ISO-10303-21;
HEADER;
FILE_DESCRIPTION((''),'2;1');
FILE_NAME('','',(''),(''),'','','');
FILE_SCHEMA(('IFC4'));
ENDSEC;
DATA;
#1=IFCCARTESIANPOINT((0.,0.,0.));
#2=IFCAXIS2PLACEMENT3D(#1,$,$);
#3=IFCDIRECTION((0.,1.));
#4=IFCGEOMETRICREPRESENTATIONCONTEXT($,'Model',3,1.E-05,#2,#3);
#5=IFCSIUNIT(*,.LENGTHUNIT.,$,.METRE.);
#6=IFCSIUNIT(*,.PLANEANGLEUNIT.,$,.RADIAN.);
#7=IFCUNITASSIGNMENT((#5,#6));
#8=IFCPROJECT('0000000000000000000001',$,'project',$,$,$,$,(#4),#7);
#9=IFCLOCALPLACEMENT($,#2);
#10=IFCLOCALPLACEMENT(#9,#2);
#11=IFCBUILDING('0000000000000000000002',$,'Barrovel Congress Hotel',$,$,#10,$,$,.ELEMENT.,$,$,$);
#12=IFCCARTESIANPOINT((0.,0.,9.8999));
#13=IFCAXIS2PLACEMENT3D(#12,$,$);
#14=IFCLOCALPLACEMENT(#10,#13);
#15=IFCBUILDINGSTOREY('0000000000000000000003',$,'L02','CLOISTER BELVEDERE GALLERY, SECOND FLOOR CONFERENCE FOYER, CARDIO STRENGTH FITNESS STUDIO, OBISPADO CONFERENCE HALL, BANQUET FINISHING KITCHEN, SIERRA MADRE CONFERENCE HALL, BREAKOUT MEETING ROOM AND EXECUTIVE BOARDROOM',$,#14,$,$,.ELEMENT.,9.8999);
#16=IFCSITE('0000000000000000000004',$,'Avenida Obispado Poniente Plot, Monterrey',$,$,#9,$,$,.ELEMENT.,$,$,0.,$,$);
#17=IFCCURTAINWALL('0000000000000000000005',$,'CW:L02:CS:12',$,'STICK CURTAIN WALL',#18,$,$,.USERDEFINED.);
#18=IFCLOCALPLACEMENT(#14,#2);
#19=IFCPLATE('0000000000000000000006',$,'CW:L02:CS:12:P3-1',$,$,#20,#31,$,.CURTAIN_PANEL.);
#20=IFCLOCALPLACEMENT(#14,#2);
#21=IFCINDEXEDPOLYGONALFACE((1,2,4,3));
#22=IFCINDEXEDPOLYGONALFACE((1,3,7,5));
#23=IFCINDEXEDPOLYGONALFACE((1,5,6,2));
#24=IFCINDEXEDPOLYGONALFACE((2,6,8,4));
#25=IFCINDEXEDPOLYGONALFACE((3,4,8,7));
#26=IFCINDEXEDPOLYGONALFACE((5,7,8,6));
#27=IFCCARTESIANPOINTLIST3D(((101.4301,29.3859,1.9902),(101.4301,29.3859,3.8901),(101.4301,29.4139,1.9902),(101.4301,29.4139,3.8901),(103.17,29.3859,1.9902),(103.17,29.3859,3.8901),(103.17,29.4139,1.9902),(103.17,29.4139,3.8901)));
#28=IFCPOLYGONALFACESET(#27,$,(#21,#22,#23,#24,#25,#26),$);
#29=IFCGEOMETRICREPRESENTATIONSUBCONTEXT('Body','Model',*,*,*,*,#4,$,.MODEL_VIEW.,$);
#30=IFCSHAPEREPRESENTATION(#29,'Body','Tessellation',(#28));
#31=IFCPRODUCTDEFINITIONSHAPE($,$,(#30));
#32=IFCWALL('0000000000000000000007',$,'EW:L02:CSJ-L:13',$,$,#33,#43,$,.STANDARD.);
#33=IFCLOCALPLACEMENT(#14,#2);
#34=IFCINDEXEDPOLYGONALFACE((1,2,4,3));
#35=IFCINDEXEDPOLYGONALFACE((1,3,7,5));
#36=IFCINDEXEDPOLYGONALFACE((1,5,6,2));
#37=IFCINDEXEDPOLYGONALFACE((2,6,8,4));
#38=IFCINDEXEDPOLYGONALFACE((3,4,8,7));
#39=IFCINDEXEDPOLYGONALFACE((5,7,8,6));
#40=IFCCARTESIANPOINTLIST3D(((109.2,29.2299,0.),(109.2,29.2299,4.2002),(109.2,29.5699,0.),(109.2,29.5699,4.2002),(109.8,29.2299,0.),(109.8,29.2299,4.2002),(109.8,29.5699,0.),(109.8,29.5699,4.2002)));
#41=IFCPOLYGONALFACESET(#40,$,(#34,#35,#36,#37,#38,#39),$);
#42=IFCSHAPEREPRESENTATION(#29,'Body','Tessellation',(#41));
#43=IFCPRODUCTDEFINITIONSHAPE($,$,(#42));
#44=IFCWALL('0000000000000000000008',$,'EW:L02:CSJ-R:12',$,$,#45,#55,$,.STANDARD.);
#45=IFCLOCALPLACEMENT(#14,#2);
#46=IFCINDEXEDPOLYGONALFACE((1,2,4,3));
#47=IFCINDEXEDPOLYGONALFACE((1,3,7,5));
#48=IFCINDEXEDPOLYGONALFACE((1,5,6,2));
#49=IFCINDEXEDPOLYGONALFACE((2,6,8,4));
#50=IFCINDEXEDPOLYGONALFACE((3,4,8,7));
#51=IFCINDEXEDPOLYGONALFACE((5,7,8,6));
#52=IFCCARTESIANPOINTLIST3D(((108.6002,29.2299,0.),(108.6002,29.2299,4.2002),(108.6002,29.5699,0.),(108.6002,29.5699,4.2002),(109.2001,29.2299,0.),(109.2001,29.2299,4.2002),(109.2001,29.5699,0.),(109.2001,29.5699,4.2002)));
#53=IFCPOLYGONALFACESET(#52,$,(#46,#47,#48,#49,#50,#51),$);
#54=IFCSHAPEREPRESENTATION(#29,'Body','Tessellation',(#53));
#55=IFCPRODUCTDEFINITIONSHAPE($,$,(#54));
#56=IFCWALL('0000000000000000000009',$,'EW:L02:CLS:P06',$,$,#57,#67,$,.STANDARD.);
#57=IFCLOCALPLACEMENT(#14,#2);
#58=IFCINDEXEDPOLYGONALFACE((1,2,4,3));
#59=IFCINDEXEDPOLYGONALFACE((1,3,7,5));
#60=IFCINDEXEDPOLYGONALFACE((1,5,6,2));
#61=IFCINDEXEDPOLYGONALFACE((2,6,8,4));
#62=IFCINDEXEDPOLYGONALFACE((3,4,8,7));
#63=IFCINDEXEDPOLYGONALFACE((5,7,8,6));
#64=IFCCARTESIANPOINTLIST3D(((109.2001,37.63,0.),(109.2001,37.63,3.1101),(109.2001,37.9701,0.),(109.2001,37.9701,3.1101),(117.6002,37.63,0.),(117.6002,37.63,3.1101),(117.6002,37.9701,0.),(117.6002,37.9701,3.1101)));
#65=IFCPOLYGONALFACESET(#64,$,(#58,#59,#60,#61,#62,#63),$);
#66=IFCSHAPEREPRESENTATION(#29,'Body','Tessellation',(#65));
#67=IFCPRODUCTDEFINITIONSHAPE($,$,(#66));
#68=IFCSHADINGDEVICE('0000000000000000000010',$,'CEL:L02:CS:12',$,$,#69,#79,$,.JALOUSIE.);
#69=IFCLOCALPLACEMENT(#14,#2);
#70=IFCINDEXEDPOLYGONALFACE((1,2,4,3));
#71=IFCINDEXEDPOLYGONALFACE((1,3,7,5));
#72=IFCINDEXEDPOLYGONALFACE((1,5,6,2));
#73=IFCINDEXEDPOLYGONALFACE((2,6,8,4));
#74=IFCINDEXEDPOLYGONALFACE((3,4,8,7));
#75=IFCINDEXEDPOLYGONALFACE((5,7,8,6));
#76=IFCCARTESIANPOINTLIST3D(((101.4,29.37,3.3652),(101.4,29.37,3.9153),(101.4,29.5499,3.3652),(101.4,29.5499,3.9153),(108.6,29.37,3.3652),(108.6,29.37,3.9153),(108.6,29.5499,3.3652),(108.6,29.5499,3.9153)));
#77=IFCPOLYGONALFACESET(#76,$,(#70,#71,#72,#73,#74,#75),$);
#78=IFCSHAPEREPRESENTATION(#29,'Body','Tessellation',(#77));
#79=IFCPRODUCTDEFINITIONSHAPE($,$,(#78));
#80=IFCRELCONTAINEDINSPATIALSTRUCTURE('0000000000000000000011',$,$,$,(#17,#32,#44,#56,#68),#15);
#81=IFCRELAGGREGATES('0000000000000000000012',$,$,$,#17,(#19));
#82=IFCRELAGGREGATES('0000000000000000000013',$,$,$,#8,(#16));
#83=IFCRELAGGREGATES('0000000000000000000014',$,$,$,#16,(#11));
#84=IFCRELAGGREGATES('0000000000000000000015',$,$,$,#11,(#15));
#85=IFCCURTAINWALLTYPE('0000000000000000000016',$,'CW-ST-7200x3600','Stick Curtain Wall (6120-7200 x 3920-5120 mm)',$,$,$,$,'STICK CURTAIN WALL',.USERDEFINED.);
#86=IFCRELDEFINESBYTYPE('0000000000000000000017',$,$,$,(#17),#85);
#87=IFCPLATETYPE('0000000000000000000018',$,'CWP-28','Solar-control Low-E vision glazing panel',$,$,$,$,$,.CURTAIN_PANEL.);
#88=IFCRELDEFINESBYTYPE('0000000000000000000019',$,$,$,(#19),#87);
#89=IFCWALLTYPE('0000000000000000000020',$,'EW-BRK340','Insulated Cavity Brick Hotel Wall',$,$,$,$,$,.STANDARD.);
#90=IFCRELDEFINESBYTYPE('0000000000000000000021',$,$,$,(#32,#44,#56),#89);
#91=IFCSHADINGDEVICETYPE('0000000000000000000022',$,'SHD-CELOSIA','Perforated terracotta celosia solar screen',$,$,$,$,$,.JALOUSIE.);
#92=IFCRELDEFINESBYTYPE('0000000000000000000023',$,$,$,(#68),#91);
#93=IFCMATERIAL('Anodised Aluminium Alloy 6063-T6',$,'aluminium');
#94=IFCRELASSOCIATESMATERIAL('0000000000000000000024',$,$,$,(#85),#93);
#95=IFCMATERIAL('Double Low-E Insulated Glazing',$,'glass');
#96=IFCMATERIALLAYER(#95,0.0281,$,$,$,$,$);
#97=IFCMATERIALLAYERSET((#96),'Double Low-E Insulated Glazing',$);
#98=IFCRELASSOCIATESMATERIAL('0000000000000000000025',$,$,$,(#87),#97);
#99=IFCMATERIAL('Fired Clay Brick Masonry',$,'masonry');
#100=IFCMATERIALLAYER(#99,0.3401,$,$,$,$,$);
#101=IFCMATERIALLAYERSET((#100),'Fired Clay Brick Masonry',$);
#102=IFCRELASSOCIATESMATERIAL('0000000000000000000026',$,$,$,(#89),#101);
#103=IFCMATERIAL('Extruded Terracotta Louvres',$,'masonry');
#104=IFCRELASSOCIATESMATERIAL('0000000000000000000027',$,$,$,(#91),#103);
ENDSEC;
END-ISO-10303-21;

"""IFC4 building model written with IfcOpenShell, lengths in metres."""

from ifc_helpers import new_model, si_unit, direction, frame, frame_2d, origin, origin_2d, place, context, subcontext, project, spatial, rectangle, extrude, material, layer, layer_set, type_object, element, aggregate, save


model = new_model("IFC4")

# Units and contexts
model_context = context("Model", 3, precision=1e-05, world=origin(), true_north=direction((0.0, 1.0)))
body_context = subcontext(model_context, "Body", "Model", "MODEL_VIEW")
ifc_project = project(units=[si_unit("LENGTHUNIT", "METRE"), si_unit("PLANEANGLEUNIT", "RADIAN")], contexts=[model_context])

# Site, building, storey
site_placement = place(None, origin())
site = spatial("IfcSite", under=ifc_project, at=site_placement, Name="Avenida Obispado Poniente Plot, Monterrey", CompositionType="ELEMENT", RefElevation=0.0)
building_placement = place(site_placement, origin())
building = spatial("IfcBuilding", under=site, at=building_placement, Name="Barrovel Congress Hotel", CompositionType="ELEMENT")
storey_placement = place(building_placement, frame((0.0, 0.0, 9.8999)))
storey = spatial("IfcBuildingStorey", under=building, at=storey_placement, Name="L02", Description="CLOISTER BELVEDERE GALLERY, SECOND FLOOR CONFERENCE FOYER, CARDIO STRENGTH FITNESS STUDIO, OBISPADO CONFERENCE HALL, BANQUET FINISHING KITCHEN, SIERRA MADRE CONFERENCE HALL, BREAKOUT MEETING ROOM AND EXECUTIVE BOARDROOM", CompositionType="ELEMENT", Elevation=9.8999)

# Curtain wall
ifc_material_1 = material(Name="Anodised Aluminium Alloy 6063-T6", Category="aluminium")
curtain_wall_type = type_object("IfcCurtainWallType", Name="CW-ST-7200x3600", Description="Stick Curtain Wall (6120-7200 x 3920-5120 mm)", ElementType="STICK CURTAIN WALL", PredefinedType="USERDEFINED", material=ifc_material_1)
curtain_wall_placement = place(storey_placement, origin())
curtain_wall = element("IfcCurtainWall", 1, at=curtain_wall_placement, inside=storey, type_object=curtain_wall_type, Name="CW:L02:CS:12", ObjectType="STICK CURTAIN WALL", PredefinedType="USERDEFINED")

# Plate
ifc_material_2 = material(Name="Double Low-E Insulated Glazing", Category="glass")
ifc_layer_1 = layer(ifc_material_2, 0.0281)
ifc_layer_set_1 = layer_set([ifc_layer_1], Name="Double Low-E Insulated Glazing")
plate_type = type_object("IfcPlateType", Name="CWP-28", Description="Solar-control Low-E vision glazing panel", PredefinedType="CURTAIN_PANEL", material=ifc_layer_set_1)
plate_1_placement = place(storey_placement, frame((102.3, 29.3999, 1.9902), z_axis=(0.0, 0.0, 1.0), x_axis=(-1.0, 0.0, 0.0)))
plate_1 = element("IfcPlate", 2, at=plate_1_placement, type_object=plate_type, Name="CW:L02:CS:12:P3-1", PredefinedType="CURTAIN_PANEL", context=body_context, shape_type="SweptSolid", body=[
    extrude(rectangle(XDim=1.74, YDim=0.0281, at=origin_2d()), origin(), (0.0, 0.0, 1.0), 1.8999),
])
aggregate(curtain_wall, [plate_1])

# Walls
ifc_material_3 = material(Name="Fired Clay Brick Masonry", Category="masonry")
ifc_layer_2 = layer(ifc_material_3, 0.3401)
ifc_layer_set_2 = layer_set([ifc_layer_2], Name="Fired Clay Brick Masonry")
wall_type = type_object("IfcWallType", Name="EW-BRK340", Description="Insulated Cavity Brick Hotel Wall", PredefinedType="STANDARD", material=ifc_layer_set_2)
wall_1_placement = place(storey_placement, frame((109.8, 29.3999, 0.0), z_axis=(0.0, 0.0, 1.0), x_axis=(-1.0, 0.0, 0.0)))
element("IfcWall", 3, at=wall_1_placement, inside=storey, type_object=wall_type, Name="EW:L02:CSJ-L:13", PredefinedType="STANDARD", context=body_context, shape_type="SweptSolid", body=[
    extrude(rectangle(XDim=0.6001, YDim=0.3401, at=frame_2d((0.3, 0.0))), origin(), (0.0, 0.0, 1.0), 4.2002),
])
wall_2_placement = place(storey_placement, frame((109.2, 29.3999, 0.0), z_axis=(0.0, 0.0, 1.0), x_axis=(-1.0, 0.0, 0.0)))
element("IfcWall", 4, at=wall_2_placement, inside=storey, type_object=wall_type, Name="EW:L02:CSJ-R:12", PredefinedType="STANDARD", context=body_context, shape_type="SweptSolid", body=[
    extrude(rectangle(XDim=0.5999, YDim=0.3401, at=frame_2d((0.2998, 0.0))), origin(), (0.0, 0.0, 1.0), 4.2002),
])
wall_3_placement = place(storey_placement, frame((109.2, 37.8, 0.0), z_axis=(0.0, 0.0, 1.0), x_axis=(1.0, 0.0, 0.0)))
element("IfcWall", 5, at=wall_3_placement, inside=storey, type_object=wall_type, Name="EW:L02:CLS:P06", PredefinedType="STANDARD", context=body_context, shape_type="SweptSolid", body=[
    extrude(rectangle(XDim=8.4001, YDim=0.3401, at=frame_2d((4.2002, 0.0))), origin(), (0.0, 0.0, 1.0), 3.1101),
])

# Shading device
ifc_material_4 = material(Name="Extruded Terracotta Louvres", Category="masonry")
shading_device_type = type_object("IfcShadingDeviceType", Name="SHD-CELOSIA", Description="Perforated terracotta celosia solar screen", PredefinedType="JALOUSIE", material=ifc_material_4)
shading_device_placement = place(storey_placement, frame((105.0, 29.46, 3.3652), z_axis=(0.0, 0.0, 1.0), x_axis=(1.0, 0.0, 0.0)))
element("IfcShadingDevice", 6, at=shading_device_placement, inside=storey, type_object=shading_device_type, Name="CEL:L02:CS:12", PredefinedType="JALOUSIE", context=body_context, shape_type="SweptSolid", body=[
    extrude(rectangle(XDim=7.2, YDim=0.1799, at=origin_2d()), origin(), (0.0, 0.0, 1.0), 0.55),
])

save(model, "model.ifc")
